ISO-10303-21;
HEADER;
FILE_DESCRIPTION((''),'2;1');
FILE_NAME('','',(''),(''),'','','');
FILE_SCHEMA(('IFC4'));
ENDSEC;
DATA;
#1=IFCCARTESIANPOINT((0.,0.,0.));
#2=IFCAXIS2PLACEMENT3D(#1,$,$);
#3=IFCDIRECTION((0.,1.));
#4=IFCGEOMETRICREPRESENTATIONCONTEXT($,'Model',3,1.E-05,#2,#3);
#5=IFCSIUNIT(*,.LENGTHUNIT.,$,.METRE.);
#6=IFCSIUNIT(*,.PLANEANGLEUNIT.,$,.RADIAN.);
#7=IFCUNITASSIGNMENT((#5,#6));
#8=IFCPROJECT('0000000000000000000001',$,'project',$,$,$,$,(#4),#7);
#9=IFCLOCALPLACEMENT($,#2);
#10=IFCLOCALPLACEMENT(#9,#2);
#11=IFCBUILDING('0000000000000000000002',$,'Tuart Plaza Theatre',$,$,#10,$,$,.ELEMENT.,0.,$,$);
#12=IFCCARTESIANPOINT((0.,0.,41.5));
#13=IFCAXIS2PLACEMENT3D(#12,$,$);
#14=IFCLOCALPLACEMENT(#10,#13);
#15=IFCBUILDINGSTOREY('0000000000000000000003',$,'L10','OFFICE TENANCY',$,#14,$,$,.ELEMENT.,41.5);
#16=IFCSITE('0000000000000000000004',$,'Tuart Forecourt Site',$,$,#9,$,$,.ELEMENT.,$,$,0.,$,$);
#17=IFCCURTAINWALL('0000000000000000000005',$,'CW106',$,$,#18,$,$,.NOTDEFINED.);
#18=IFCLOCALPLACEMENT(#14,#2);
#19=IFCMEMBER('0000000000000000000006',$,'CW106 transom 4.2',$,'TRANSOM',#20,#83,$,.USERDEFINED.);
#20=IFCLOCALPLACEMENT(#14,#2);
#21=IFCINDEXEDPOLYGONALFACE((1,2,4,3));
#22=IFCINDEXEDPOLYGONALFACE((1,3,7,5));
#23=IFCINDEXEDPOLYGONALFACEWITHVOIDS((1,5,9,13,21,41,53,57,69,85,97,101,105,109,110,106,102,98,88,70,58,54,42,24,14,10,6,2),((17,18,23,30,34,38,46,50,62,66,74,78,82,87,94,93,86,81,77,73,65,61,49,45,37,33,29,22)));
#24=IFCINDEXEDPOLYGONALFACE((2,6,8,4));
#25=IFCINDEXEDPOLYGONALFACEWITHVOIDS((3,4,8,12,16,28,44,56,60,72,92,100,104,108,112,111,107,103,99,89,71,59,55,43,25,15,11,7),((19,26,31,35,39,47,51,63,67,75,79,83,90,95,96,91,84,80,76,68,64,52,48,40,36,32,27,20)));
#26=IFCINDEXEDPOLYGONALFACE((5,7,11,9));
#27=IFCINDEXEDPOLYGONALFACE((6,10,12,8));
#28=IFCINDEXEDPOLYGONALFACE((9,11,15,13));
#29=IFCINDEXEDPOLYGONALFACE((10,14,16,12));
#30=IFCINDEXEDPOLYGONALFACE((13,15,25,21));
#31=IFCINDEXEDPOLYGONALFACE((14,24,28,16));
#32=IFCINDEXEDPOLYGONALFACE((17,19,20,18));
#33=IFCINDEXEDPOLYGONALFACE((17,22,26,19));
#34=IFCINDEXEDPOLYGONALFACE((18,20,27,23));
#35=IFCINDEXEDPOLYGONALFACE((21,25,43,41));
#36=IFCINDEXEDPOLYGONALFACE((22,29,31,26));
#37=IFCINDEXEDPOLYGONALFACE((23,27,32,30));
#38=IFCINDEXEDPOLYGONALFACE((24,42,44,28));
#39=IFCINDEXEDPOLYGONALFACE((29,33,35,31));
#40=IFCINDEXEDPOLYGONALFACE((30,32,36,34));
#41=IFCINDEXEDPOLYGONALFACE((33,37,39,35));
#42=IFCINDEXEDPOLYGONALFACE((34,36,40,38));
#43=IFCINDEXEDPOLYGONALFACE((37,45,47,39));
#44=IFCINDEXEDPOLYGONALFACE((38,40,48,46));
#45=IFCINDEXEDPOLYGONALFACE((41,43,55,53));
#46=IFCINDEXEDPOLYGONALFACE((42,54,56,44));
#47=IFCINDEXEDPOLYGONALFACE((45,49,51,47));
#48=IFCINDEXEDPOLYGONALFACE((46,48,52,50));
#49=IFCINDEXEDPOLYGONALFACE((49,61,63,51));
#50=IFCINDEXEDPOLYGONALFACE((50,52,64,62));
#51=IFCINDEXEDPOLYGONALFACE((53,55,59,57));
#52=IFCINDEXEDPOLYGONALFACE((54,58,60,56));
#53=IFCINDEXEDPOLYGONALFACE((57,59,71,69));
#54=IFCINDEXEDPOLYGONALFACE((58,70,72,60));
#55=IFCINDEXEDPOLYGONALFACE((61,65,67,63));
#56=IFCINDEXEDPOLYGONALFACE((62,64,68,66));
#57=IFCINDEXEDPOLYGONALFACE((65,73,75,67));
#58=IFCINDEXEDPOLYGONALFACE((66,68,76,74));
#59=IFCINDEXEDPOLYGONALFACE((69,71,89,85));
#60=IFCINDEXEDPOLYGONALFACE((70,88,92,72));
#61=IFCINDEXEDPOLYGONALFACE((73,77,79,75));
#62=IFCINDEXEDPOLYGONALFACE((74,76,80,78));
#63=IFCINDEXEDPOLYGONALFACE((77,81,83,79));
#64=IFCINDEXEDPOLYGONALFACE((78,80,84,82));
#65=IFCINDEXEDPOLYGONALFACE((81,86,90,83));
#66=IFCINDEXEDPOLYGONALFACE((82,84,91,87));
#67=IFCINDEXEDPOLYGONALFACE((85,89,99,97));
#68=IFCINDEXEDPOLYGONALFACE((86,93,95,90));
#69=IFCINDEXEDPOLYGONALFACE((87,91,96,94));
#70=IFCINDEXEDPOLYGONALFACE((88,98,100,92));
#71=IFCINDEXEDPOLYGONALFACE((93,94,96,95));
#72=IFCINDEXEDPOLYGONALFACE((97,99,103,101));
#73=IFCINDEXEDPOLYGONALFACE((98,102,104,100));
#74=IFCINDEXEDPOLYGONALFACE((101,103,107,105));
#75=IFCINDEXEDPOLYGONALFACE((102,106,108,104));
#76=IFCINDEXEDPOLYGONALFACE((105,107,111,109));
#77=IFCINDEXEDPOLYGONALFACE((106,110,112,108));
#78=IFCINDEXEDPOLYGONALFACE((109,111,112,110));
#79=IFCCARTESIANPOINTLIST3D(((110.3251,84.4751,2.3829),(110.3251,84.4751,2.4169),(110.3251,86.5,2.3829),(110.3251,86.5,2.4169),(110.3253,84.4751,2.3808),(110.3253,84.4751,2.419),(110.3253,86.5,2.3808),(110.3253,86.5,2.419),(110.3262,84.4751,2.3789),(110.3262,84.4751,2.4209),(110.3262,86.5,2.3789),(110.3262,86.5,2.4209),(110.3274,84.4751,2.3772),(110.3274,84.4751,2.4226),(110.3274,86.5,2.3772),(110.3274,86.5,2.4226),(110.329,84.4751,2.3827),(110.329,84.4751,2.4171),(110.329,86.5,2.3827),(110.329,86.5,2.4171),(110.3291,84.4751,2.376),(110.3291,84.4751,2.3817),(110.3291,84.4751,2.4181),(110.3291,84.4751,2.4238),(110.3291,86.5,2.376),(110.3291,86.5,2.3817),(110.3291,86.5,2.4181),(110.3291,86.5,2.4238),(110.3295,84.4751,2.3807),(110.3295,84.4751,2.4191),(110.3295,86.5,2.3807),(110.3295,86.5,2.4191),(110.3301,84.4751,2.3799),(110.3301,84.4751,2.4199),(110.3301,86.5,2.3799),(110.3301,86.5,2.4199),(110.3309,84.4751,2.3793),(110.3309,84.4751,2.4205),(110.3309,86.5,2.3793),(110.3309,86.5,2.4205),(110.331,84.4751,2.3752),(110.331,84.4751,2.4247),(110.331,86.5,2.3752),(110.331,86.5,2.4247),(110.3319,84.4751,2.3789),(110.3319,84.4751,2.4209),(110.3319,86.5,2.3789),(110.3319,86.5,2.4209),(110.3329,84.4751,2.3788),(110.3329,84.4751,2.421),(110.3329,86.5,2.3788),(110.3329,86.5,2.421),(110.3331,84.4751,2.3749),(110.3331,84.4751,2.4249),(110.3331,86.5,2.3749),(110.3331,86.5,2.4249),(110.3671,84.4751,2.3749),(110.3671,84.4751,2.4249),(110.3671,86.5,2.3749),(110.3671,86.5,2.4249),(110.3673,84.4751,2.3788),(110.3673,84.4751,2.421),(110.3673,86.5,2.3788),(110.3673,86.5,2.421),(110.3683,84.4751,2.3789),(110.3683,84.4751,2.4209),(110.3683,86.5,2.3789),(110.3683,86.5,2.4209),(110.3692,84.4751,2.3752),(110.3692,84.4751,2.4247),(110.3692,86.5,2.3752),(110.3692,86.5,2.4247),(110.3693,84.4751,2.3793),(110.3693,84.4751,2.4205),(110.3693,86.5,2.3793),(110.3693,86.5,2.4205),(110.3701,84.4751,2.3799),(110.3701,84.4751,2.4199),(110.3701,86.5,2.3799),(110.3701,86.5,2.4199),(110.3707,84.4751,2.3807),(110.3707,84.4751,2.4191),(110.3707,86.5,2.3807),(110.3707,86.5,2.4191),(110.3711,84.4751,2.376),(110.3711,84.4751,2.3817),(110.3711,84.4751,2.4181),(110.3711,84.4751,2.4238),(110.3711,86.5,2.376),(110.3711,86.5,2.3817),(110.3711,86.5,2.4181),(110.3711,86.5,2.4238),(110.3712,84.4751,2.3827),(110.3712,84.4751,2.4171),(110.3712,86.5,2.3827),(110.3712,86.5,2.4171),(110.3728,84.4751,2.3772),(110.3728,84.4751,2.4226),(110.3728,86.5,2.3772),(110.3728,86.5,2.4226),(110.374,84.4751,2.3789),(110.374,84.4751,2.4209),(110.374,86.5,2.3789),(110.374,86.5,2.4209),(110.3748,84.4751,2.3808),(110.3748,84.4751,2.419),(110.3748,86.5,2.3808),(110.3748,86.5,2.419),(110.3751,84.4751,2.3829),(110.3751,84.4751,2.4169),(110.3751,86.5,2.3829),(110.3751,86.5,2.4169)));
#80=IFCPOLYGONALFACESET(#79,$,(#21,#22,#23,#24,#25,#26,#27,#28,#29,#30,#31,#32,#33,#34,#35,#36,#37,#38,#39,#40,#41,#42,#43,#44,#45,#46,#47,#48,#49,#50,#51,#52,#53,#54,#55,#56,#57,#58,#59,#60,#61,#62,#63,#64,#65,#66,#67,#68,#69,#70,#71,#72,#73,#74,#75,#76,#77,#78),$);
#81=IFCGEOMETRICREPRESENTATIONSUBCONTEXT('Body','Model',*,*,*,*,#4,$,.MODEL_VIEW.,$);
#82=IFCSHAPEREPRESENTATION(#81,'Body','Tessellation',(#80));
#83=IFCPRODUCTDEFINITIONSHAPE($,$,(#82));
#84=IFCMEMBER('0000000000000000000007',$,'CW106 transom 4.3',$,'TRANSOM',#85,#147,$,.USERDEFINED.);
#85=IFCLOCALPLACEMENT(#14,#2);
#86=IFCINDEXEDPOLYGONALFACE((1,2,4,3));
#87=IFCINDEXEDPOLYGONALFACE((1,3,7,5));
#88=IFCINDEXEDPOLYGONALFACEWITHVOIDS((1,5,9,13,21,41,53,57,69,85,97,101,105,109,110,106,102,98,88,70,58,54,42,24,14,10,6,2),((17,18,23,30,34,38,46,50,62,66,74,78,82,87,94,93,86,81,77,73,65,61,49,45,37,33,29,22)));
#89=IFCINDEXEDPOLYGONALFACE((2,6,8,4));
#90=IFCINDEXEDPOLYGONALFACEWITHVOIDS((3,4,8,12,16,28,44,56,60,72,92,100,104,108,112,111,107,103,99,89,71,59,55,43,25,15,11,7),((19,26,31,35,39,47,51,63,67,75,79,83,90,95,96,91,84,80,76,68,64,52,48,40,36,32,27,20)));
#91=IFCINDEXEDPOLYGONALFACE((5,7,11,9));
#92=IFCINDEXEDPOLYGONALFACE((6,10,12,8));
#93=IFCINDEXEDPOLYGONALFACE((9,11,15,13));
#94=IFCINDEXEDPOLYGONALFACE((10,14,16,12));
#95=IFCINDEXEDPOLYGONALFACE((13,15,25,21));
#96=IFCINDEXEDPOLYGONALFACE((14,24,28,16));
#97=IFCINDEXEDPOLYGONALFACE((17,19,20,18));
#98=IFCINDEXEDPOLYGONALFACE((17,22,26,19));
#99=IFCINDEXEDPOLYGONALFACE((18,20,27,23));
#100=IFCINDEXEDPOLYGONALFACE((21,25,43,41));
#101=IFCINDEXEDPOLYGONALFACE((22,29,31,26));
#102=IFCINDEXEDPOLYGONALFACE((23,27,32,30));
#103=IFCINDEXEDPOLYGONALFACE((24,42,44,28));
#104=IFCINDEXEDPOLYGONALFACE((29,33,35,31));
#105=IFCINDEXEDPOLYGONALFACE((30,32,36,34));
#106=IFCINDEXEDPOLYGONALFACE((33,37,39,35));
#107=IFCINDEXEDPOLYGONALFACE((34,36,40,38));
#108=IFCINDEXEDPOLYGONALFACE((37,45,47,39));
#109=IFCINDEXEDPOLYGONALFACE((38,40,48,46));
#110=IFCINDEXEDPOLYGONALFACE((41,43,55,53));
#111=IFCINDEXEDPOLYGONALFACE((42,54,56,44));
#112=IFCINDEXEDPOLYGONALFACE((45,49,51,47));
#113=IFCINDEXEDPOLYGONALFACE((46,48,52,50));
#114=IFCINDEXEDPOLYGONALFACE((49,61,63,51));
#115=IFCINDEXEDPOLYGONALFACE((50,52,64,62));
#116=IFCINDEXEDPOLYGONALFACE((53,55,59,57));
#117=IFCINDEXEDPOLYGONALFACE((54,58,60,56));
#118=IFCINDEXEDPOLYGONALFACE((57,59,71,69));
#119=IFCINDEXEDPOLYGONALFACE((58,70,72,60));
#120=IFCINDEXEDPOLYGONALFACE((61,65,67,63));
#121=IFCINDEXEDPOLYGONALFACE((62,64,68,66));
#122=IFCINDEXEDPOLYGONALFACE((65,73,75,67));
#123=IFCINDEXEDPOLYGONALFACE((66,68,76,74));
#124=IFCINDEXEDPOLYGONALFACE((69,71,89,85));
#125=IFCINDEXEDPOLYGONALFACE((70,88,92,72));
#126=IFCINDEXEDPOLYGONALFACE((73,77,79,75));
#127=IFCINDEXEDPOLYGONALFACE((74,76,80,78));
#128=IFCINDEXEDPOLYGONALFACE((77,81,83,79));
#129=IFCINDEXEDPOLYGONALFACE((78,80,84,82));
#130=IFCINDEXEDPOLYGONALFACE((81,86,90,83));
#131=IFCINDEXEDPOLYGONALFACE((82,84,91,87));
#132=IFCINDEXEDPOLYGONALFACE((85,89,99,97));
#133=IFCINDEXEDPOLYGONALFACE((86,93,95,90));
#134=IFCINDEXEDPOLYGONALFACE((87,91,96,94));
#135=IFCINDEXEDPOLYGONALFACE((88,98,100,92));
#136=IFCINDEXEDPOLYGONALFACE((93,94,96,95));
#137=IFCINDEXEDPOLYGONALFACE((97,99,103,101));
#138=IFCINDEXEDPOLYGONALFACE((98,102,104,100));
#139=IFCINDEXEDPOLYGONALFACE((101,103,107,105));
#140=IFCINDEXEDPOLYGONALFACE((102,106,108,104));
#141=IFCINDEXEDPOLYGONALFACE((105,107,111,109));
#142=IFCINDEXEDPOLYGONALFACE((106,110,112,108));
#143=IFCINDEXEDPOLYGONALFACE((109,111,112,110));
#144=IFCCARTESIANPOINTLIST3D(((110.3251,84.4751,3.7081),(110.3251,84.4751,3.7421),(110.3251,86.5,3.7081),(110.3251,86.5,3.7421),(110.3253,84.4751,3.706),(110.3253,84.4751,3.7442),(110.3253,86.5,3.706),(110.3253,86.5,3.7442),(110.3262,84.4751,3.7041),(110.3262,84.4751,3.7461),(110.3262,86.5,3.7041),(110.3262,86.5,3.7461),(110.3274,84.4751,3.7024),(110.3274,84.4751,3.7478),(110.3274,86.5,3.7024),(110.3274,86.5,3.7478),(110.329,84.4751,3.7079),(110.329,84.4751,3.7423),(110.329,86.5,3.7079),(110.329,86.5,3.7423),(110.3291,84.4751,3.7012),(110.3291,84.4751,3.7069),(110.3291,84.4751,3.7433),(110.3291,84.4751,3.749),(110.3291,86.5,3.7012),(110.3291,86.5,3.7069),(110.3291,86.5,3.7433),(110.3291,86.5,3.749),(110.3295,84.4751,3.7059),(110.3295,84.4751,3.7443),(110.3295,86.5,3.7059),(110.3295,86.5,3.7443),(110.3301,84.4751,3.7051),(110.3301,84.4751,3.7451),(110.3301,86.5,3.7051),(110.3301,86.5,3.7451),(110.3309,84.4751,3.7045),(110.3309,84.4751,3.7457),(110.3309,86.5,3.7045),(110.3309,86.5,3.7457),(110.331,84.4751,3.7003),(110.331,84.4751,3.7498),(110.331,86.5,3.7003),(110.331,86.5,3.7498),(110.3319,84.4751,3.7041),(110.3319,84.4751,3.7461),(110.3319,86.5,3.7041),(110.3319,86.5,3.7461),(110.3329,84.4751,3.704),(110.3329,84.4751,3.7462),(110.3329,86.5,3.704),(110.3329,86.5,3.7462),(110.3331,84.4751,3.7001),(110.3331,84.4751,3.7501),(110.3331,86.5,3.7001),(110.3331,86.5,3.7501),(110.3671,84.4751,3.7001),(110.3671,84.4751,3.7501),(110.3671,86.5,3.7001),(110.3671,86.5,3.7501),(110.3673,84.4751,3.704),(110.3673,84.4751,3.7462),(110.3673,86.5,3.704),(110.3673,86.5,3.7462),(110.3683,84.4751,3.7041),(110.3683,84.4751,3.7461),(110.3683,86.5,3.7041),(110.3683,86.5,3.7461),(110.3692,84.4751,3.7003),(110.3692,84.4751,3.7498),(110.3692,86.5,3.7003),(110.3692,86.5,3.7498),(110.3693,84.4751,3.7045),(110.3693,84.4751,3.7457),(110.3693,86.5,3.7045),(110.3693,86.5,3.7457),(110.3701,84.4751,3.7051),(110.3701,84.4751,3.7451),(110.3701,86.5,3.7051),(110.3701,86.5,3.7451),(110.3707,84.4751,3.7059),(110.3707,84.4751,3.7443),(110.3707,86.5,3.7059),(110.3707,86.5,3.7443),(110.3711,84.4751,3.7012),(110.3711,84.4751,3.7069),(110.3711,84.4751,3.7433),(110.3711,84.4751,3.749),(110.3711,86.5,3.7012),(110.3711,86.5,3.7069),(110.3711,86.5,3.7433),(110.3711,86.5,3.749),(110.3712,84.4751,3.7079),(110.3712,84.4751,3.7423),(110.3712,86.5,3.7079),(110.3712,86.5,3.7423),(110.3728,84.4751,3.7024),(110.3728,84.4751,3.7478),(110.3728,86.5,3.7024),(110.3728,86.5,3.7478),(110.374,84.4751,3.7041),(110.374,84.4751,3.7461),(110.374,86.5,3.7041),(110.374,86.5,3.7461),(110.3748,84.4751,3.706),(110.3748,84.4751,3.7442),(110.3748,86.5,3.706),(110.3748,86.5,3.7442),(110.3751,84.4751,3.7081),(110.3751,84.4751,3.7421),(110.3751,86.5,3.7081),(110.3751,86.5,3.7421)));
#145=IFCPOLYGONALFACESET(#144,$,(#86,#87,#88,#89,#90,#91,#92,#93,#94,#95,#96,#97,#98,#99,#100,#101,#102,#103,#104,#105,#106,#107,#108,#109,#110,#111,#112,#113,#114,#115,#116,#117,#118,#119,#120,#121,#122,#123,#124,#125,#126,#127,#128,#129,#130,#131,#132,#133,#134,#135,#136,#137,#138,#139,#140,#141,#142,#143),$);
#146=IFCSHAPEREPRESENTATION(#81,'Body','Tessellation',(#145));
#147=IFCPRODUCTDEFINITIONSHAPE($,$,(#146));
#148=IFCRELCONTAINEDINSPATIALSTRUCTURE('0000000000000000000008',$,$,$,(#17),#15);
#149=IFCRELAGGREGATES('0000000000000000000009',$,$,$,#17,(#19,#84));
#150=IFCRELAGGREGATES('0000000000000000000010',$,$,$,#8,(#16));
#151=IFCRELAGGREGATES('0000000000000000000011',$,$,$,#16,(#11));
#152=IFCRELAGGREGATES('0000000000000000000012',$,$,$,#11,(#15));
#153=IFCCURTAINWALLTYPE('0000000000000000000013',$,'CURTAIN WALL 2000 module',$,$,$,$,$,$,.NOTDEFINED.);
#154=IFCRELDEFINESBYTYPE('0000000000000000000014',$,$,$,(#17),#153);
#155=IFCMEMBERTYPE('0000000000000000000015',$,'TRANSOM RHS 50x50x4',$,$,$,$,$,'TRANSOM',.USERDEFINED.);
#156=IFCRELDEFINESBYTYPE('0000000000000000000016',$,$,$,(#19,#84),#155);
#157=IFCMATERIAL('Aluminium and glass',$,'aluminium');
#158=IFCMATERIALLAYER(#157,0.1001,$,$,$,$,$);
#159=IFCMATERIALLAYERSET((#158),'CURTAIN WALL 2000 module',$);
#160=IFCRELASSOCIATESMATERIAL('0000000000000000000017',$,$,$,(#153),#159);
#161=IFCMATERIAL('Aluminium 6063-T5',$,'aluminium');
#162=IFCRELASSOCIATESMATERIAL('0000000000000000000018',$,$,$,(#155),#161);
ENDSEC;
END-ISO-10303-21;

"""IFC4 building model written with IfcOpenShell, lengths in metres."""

from ifc_helpers import new_model, si_unit, direction, frame, origin, origin_2d, place, context, subcontext, project, spatial, hollow_rectangle, extrude, material, layer, layer_set, material_profile, profile_set, type_object, element, aggregate, save


model = new_model("IFC4")

# Units and contexts
model_context = context("Model", 3, precision=1e-05, world=origin(), true_north=direction((0.0, 1.0)))
body_context = subcontext(model_context, "Body", "Model", "MODEL_VIEW")
ifc_project = project(units=[si_unit("LENGTHUNIT", "METRE"), si_unit("PLANEANGLEUNIT", "RADIAN")], contexts=[model_context])

# Site, building, storey
site_placement = place(None, origin())
site = spatial("IfcSite", under=ifc_project, at=site_placement, Name="Tuart Forecourt Site", CompositionType="ELEMENT", RefElevation=0.0)
building_placement = place(site_placement, origin())
building = spatial("IfcBuilding", under=site, at=building_placement, Name="Tuart Plaza Theatre", CompositionType="ELEMENT", ElevationOfRefHeight=0.0)
storey_placement = place(building_placement, frame((0.0, 0.0, 41.5)))
storey = spatial("IfcBuildingStorey", under=building, at=storey_placement, Name="L10", Description="OFFICE TENANCY", CompositionType="ELEMENT", Elevation=41.5)

# Curtain wall, members
ifc_material_1 = material(Name="Aluminium and glass", Category="aluminium")
ifc_layer_1 = layer(ifc_material_1, 0.1001)
ifc_layer_set_1 = layer_set([ifc_layer_1], Name="CURTAIN WALL 2000 module")
curtain_wall_type = type_object("IfcCurtainWallType", Name="CURTAIN WALL 2000 module", PredefinedType="NOTDEFINED", material=ifc_layer_set_1)
curtain_wall_1_placement = place(storey_placement, origin())
curtain_wall_1 = element("IfcCurtainWall", 1, at=curtain_wall_1_placement, inside=storey, type_object=curtain_wall_type, Name="CW106", PredefinedType="NOTDEFINED")
ifc_material_2 = material(Name="Aluminium 6063-T5", Category="aluminium")
ifc_material_profile_1 = material_profile(ifc_material_2, hollow_rectangle(XDim=0.05, YDim=0.05, WallThickness=0.0039, InnerFilletRadius=0.0039, OuterFilletRadius=0.0081, at=origin_2d()), Name="RHS 50x50x4")
ifc_profile_set_1 = profile_set([ifc_material_profile_1], Name="Aluminium 6063-T5")
member_type_1 = type_object("IfcMemberType", Name="TRANSOM RHS 50x50x4", ElementType="TRANSOM", PredefinedType="USERDEFINED", material=ifc_profile_set_1)
member_1_placement = place(storey_placement, frame((110.3501, 86.5, 2.3999), z_axis=(0.0, -1.0, 0.0), x_axis=(1.0, 0.0, 0.0)))
member_1 = element("IfcMember", 2, at=member_1_placement, type_object=member_type_1, Name="CW106 transom 4.2", ObjectType="TRANSOM", PredefinedType="USERDEFINED", context=body_context, shape_type="SweptSolid", body=[
    extrude(hollow_rectangle(XDim=0.05, YDim=0.05, WallThickness=0.0039, InnerFilletRadius=0.0039, OuterFilletRadius=0.0081, at=origin_2d()), origin(), (0.0, 0.0, 1.0), 2.0249),
])
member_2_placement = place(storey_placement, frame((110.3501, 86.5, 3.7251), z_axis=(0.0, -1.0, 0.0), x_axis=(1.0, 0.0, 0.0)))
member_2 = element("IfcMember", 3, at=member_2_placement, type_object=member_type_1, Name="CW106 transom 4.3", ObjectType="TRANSOM", PredefinedType="USERDEFINED", context=body_context, shape_type="SweptSolid", body=[
    extrude(hollow_rectangle(XDim=0.05, YDim=0.05, WallThickness=0.0039, InnerFilletRadius=0.0039, OuterFilletRadius=0.0081, at=origin_2d()), origin(), (0.0, 0.0, 1.0), 2.0249),
])

aggregate(curtain_wall_1, [member_1, member_2])

save(model, "model.ifc")
